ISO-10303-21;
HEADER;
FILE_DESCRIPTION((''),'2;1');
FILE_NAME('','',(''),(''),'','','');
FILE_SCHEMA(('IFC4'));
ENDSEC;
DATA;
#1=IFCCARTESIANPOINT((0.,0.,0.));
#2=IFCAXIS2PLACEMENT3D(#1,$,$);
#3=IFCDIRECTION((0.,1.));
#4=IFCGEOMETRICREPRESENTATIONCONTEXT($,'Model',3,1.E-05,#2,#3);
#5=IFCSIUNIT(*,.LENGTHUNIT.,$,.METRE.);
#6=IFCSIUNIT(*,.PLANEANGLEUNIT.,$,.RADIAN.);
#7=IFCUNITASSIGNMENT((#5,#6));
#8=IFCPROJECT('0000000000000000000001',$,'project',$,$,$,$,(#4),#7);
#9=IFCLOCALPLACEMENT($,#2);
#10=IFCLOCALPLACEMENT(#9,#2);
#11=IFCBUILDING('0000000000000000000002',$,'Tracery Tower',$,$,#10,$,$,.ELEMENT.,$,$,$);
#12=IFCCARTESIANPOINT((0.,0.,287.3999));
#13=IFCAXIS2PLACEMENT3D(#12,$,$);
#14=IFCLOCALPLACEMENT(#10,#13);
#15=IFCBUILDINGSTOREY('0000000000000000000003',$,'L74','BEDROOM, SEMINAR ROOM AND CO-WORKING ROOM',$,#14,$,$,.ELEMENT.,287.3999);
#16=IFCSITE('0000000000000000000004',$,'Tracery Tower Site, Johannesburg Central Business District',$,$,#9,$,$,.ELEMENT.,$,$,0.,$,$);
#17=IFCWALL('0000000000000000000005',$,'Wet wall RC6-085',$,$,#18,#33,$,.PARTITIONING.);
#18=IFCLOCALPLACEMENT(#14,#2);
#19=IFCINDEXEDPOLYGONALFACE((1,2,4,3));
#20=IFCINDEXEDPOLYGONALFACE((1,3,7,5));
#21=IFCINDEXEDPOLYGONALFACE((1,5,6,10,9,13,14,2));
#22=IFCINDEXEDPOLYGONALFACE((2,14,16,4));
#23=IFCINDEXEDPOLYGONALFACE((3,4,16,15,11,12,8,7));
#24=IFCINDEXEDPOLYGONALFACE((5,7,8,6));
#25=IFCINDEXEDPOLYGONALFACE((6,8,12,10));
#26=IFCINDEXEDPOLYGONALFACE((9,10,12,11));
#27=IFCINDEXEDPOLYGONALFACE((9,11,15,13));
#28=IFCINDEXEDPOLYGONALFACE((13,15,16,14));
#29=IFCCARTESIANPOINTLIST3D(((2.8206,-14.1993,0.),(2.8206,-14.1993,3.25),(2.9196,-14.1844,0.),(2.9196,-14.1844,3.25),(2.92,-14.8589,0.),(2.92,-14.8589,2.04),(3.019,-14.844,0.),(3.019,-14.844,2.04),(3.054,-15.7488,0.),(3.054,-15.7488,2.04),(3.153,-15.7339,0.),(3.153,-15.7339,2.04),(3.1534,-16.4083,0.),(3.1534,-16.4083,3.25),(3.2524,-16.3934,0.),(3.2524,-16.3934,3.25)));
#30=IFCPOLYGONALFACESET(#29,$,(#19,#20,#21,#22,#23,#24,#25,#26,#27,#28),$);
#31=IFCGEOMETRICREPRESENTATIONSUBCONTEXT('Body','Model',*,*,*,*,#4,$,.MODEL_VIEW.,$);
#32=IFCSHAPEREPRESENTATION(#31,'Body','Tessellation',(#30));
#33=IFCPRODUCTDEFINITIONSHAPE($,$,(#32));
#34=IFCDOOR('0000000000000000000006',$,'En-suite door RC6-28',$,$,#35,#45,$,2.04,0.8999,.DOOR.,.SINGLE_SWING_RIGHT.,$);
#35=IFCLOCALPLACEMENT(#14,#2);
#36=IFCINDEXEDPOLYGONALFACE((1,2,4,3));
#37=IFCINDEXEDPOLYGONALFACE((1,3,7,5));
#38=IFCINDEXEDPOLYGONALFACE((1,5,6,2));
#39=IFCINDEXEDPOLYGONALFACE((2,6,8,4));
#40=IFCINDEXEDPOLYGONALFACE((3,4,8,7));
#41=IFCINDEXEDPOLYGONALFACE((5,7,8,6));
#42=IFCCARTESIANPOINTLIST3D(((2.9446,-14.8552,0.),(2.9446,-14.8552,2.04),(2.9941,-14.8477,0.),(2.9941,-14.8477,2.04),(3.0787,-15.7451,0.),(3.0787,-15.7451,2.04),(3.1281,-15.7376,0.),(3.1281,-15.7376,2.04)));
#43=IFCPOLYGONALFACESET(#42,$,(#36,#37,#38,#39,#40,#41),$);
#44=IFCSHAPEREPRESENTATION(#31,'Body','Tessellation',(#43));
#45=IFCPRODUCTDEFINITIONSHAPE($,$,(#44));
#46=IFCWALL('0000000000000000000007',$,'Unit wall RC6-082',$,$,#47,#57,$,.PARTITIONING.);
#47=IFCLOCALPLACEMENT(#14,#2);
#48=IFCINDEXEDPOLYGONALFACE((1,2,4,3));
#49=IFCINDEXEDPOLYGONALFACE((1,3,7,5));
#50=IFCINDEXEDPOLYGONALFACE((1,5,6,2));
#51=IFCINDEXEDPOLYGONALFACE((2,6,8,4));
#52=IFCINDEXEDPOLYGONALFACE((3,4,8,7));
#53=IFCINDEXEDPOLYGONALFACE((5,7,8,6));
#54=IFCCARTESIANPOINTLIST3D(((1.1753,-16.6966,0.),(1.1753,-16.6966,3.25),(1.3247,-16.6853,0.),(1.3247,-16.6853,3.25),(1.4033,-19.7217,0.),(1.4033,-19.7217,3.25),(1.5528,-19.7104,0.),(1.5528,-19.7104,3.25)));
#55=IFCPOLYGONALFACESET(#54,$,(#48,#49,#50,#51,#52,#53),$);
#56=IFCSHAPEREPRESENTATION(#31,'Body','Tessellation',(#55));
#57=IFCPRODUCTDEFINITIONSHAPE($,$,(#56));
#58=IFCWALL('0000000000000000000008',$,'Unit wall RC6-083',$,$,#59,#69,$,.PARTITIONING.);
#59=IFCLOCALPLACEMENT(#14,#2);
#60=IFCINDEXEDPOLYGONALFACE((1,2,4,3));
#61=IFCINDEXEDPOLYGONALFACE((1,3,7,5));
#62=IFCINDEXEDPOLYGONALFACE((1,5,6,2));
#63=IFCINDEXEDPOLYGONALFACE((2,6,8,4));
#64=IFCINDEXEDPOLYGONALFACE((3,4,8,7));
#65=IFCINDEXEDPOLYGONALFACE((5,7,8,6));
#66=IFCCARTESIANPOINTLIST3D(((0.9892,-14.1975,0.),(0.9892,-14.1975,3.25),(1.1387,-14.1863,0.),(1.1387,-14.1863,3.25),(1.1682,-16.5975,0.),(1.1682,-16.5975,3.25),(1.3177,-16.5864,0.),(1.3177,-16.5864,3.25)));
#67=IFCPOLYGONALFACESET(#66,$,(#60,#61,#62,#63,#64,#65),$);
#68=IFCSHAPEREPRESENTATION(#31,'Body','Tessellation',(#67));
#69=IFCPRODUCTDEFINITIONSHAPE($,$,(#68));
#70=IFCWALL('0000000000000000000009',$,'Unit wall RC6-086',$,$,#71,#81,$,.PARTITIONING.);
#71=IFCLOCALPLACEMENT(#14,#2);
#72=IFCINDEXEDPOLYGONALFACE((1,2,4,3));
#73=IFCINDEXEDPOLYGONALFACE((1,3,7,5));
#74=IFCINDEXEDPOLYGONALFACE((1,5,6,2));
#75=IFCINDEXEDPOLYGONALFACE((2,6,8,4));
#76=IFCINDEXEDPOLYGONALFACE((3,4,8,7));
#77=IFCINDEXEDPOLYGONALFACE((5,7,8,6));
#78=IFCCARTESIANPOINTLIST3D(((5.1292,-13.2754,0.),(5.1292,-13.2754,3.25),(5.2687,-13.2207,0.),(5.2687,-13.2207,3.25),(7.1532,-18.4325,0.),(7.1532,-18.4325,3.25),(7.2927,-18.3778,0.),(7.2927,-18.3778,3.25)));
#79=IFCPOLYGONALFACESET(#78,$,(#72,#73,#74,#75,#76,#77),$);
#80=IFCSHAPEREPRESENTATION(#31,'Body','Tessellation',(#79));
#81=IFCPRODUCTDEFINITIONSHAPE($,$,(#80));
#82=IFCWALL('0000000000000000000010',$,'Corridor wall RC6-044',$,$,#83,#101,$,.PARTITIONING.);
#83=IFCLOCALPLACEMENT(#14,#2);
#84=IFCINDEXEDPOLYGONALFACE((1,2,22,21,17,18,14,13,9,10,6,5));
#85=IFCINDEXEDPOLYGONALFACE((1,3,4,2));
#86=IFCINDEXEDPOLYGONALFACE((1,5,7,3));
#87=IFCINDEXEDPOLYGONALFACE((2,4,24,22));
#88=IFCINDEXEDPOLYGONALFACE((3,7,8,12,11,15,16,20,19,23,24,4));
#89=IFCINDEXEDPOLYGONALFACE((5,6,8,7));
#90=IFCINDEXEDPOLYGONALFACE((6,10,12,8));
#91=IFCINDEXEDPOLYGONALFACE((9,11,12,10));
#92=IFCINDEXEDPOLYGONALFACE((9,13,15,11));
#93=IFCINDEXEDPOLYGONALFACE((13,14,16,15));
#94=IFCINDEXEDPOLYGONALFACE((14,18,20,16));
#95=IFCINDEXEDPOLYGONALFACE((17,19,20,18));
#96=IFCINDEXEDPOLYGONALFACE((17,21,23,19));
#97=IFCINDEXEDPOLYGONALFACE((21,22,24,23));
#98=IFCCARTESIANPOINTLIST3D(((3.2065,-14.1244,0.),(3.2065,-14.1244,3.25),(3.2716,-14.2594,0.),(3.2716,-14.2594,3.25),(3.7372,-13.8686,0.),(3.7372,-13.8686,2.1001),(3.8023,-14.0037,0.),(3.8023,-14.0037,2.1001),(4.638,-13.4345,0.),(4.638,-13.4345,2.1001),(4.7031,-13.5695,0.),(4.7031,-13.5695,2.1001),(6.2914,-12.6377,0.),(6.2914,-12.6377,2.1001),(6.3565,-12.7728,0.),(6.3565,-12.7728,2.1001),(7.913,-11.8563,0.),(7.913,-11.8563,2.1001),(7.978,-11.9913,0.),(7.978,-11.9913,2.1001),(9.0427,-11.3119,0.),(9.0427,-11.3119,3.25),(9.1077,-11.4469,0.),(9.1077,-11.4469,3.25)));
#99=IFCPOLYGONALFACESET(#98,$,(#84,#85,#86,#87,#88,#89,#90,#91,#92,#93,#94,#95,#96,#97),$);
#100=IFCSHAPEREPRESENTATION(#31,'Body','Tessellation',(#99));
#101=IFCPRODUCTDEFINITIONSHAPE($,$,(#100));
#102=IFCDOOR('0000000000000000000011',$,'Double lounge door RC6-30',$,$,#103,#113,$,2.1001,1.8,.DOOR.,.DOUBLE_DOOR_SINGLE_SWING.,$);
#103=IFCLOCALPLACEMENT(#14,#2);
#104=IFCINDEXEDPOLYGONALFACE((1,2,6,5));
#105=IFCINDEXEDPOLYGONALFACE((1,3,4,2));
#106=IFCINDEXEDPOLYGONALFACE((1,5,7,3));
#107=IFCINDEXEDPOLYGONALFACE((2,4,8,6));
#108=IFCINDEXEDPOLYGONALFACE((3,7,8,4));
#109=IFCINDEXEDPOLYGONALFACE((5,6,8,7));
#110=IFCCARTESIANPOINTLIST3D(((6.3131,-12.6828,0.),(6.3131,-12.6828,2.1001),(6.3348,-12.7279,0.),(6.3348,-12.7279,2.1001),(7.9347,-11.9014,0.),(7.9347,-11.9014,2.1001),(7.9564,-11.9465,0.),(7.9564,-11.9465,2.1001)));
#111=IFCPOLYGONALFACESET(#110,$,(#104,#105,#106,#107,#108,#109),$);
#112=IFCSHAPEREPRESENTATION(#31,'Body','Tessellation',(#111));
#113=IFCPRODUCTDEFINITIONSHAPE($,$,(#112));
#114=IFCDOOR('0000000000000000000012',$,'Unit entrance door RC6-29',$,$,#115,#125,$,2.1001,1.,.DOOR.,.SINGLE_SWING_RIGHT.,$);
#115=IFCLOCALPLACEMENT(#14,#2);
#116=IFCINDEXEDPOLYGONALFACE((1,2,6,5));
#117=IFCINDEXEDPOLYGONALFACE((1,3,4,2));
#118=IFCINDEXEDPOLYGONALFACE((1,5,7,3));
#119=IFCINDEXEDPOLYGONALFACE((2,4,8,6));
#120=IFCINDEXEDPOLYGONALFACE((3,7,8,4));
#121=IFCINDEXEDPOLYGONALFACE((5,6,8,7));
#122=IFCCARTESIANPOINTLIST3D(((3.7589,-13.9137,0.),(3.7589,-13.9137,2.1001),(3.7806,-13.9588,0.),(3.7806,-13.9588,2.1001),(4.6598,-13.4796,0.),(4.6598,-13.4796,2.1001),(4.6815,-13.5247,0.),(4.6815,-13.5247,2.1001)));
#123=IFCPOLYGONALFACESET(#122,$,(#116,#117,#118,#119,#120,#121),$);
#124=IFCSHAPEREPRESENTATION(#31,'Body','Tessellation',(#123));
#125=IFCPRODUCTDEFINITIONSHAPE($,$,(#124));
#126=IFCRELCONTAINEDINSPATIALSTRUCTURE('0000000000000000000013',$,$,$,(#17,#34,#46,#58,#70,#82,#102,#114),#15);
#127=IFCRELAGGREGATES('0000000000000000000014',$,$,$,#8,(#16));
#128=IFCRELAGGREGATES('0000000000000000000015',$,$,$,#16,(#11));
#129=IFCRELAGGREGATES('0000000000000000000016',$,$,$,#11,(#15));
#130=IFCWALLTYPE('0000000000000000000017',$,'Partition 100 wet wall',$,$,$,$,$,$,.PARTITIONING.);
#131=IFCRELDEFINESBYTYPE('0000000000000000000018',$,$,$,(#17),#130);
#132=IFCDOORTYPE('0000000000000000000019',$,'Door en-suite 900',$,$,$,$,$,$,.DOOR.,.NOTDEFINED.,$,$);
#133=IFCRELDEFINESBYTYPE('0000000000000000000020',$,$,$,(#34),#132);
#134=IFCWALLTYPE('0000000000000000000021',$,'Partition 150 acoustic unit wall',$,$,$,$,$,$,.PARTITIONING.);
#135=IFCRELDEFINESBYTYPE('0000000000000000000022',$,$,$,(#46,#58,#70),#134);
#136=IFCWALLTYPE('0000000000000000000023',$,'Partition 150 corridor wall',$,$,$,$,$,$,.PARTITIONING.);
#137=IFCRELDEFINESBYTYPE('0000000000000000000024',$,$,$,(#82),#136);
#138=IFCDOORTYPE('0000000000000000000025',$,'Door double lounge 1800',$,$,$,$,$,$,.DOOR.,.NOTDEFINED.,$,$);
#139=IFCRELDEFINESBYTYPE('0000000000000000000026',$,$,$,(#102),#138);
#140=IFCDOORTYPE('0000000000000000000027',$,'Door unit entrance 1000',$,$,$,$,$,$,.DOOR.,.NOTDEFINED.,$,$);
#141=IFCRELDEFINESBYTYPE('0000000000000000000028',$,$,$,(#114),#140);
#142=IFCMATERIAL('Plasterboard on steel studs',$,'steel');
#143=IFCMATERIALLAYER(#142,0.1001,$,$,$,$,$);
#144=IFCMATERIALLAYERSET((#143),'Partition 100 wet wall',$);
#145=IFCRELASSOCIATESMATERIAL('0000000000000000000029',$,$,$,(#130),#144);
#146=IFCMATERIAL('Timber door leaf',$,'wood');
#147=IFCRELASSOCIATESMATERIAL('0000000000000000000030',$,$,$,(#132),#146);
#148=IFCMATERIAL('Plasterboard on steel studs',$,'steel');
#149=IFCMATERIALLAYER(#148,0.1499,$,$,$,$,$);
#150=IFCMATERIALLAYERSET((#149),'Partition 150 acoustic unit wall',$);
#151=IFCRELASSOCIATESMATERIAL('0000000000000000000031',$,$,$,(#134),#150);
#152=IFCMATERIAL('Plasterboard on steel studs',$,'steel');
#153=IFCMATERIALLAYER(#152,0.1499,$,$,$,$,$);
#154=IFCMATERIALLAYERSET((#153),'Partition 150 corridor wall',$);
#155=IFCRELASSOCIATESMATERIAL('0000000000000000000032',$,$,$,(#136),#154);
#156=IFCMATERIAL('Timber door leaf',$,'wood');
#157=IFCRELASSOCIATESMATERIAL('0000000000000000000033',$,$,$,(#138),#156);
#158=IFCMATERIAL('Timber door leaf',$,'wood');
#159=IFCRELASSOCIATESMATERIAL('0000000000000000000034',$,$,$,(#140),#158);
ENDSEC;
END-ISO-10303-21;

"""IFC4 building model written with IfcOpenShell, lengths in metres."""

from ifc_helpers import new_model, si_unit, direction, frame, frame_2d, origin, place, context, subcontext, project, spatial, rectangle, extrude, material, layer, layer_set, type_object, element, fill, save


model = new_model("IFC4")

# Units and contexts
model_context = context("Model", 3, precision=1e-05, world=origin(), true_north=direction((0.0, 1.0)))
body_context = subcontext(model_context, "Body", "Model", "MODEL_VIEW")
ifc_project = project(units=[si_unit("LENGTHUNIT", "METRE"), si_unit("PLANEANGLEUNIT", "RADIAN")], contexts=[model_context])

# Site, building, storey
site_placement = place(None, origin())
site = spatial("IfcSite", under=ifc_project, at=site_placement, Name="Tracery Tower Site, Johannesburg Central Business District", CompositionType="ELEMENT", RefElevation=0.0)
building_placement = place(site_placement, origin())
building = spatial("IfcBuilding", under=site, at=building_placement, Name="Tracery Tower", CompositionType="ELEMENT")
storey_placement = place(building_placement, frame((0.0, 0.0, 287.3999)))
storey = spatial("IfcBuildingStorey", under=building, at=storey_placement, Name="L74", Description="BEDROOM, SEMINAR ROOM AND CO-WORKING ROOM", CompositionType="ELEMENT", Elevation=287.3999)

# Shared definitions
ifc_material_1 = material(Name="Plasterboard on steel studs", Category="steel")
ifc_layer_1 = layer(ifc_material_1, 0.1001)
ifc_layer_set_1 = layer_set([ifc_layer_1], Name="Partition 100 wet wall")
wall_type_1 = type_object("IfcWallType", Name="Partition 100 wet wall", PredefinedType="PARTITIONING", material=ifc_layer_set_1)
ifc_material_2 = material(Name="Timber door leaf", Category="wood")
door_type_1 = type_object("IfcDoorType", Name="Door en-suite 900", OperationType="NOTDEFINED", PredefinedType="DOOR", material=ifc_material_2)

# Wall, opening, door
wall_1_placement = place(storey_placement, frame((2.8701, -14.1919, 0.0), z_axis=(0.0, 0.0, 1.0), x_axis=(0.14896, -0.988843, 0.0)))
wall_1 = element("IfcWall", 1, at=wall_1_placement, inside=storey, type_object=wall_type_1, Name="Wet wall RC6-085", PredefinedType="PARTITIONING", context=body_context, shape_type="SweptSolid", body=[
    extrude(rectangle(XDim=2.2339, YDim=0.1001, at=frame_2d((1.1169, 0.0))), origin(), (0.0, 0.0, 1.0), 3.25),
])
opening_1_placement = place(wall_1_placement, frame((0.667, 0.0, 0.0)))
opening_1 = element("IfcOpeningElement", 2, at=opening_1_placement, cuts=wall_1, PredefinedType="OPENING", context=body_context, shape_type="SweptSolid", body=[
    extrude(rectangle(XDim=0.8999, YDim=2.04, at=frame_2d((0.45, 1.02))), frame((0.0, 0.05, 0.0), z_axis=(0.0, -1.0, 0.0), x_axis=(1.0, 0.0, 0.0)), (0.0, 0.0, 1.0), 0.1001),
])
door_1_placement = place(opening_1_placement, origin())
door_1 = element("IfcDoor", 3, at=door_1_placement, inside=storey, type_object=door_type_1, Name="En-suite door RC6-28", OperationType="SINGLE_SWING_RIGHT", OverallHeight=2.04, OverallWidth=0.8999, PredefinedType="DOOR", context=body_context, shape_type="SweptSolid", body=[
    extrude(rectangle(XDim=0.8999, YDim=2.04, at=frame_2d((0.45, 1.02))), frame((0.0, 0.0249, 0.0), z_axis=(0.0, -1.0, 0.0), x_axis=(1.0, 0.0, 0.0)), (0.0, 0.0, 1.0), 0.05),
])
fill(opening_1, door_1)

# Walls
ifc_material_3 = material(Name="Plasterboard on steel studs", Category="steel")
ifc_layer_2 = layer(ifc_material_3, 0.1499)
ifc_layer_set_2 = layer_set([ifc_layer_2], Name="Partition 150 acoustic unit wall")
wall_type_2 = type_object("IfcWallType", Name="Partition 150 acoustic unit wall", PredefinedType="PARTITIONING", material=ifc_layer_set_2)
wall_2_placement = place(storey_placement, frame((1.25, -16.6909, 0.0), z_axis=(0.0, 0.0, 1.0), x_axis=(0.075164, -0.997171, 0.0)))
element("IfcWall", 4, at=wall_2_placement, inside=storey, type_object=wall_type_2, Name="Unit wall RC6-082", PredefinedType="PARTITIONING", context=body_context, shape_type="SweptSolid", body=[
    extrude(rectangle(XDim=3.0337, YDim=0.1499, at=frame_2d((1.5168, 0.0))), origin(), (0.0, 0.0, 1.0), 3.25),
])
wall_3_placement = place(storey_placement, frame((1.064, -14.1919, 0.0), z_axis=(0.0, 0.0, 1.0), x_axis=(0.074354, -0.997232, 0.0)))
element("IfcWall", 5, at=wall_3_placement, inside=storey, type_object=wall_type_2, Name="Unit wall RC6-083", PredefinedType="PARTITIONING", context=body_context, shape_type="SweptSolid", body=[
    extrude(rectangle(XDim=2.4067, YDim=0.1499, at=frame_2d((1.2034, 0.0))), origin(), (0.0, 0.0, 1.0), 3.25),
])
wall_4_placement = place(storey_placement, frame((5.199, -13.248, 0.0), z_axis=(0.0, 0.0, 1.0), x_axis=(0.365335, -0.930876, 0.0)))
element("IfcWall", 6, at=wall_4_placement, inside=storey, type_object=wall_type_2, Name="Unit wall RC6-086", PredefinedType="PARTITIONING", context=body_context, shape_type="SweptSolid", body=[
    extrude(rectangle(XDim=5.54, YDim=0.1499, at=frame_2d((2.77, 0.0))), origin(), (0.0, 0.0, 1.0), 3.25),
])

# Wall, openings, doors
ifc_material_4 = material(Name="Plasterboard on steel studs", Category="steel")
ifc_layer_3 = layer(ifc_material_4, 0.1499)
ifc_layer_set_3 = layer_set([ifc_layer_3], Name="Partition 150 corridor wall")
wall_type_3 = type_object("IfcWallType", Name="Partition 150 corridor wall", PredefinedType="PARTITIONING", material=ifc_layer_set_3)
wall_5_placement = place(storey_placement, frame((3.239, -14.1919, 0.0), z_axis=(0.0, 0.0, 1.0), x_axis=(0.900852, 0.434127, 0.0)))
wall_5 = element("IfcWall", 7, at=wall_5_placement, inside=storey, type_object=wall_type_3, Name="Corridor wall RC6-044", PredefinedType="PARTITIONING", context=body_context, shape_type="SweptSolid", body=[
    extrude(rectangle(XDim=6.4785, YDim=0.1499, at=frame_2d((3.2393, 0.0))), origin(), (0.0, 0.0, 1.0), 3.25),
])
opening_2_placement = place(wall_5_placement, frame((0.5891, 0.0, 0.0)))
opening_2 = element("IfcOpeningElement", 8, at=opening_2_placement, cuts=wall_5, PredefinedType="OPENING", context=body_context, shape_type="SweptSolid", body=[
    extrude(rectangle(XDim=1.0, YDim=2.1001, at=frame_2d((0.5, 1.05))), frame((0.0, 0.075, 0.0), z_axis=(0.0, -1.0, 0.0), x_axis=(1.0, 0.0, 0.0)), (0.0, 0.0, 1.0), 0.1499),
])
opening_3_placement = place(wall_5_placement, frame((3.4246, 0.0, 0.0)))
opening_3 = element("IfcOpeningElement", 9, at=opening_3_placement, cuts=wall_5, PredefinedType="OPENING", context=body_context, shape_type="SweptSolid", body=[
    extrude(rectangle(XDim=1.8, YDim=2.1001, at=frame_2d((0.8999, 1.05))), frame((0.0, 0.075, 0.0), z_axis=(0.0, -1.0, 0.0), x_axis=(1.0, 0.0, 0.0)), (0.0, 0.0, 1.0), 0.1499),
])
ifc_material_5 = material(Name="Timber door leaf", Category="wood")
door_type_2 = type_object("IfcDoorType", Name="Door double lounge 1800", OperationType="NOTDEFINED", PredefinedType="DOOR", material=ifc_material_5)
door_2_placement = place(opening_3_placement, origin())
door_2 = element("IfcDoor", 10, at=door_2_placement, inside=storey, type_object=door_type_2, Name="Double lounge door RC6-30", OperationType="DOUBLE_DOOR_SINGLE_SWING", OverallHeight=2.1001, OverallWidth=1.8, PredefinedType="DOOR", context=body_context, shape_type="SweptSolid", body=[
    extrude(rectangle(XDim=1.8, YDim=2.1001, at=frame_2d((0.8999, 1.05))), frame((0.0, 0.0249, 0.0), z_axis=(0.0, -1.0, 0.0), x_axis=(1.0, 0.0, 0.0)), (0.0, 0.0, 1.0), 0.05),
])
fill(opening_3, door_2)
ifc_material_6 = material(Name="Timber door leaf", Category="wood")
door_type_3 = type_object("IfcDoorType", Name="Door unit entrance 1000", OperationType="NOTDEFINED", PredefinedType="DOOR", material=ifc_material_6)
door_3_placement = place(opening_2_placement, origin())
door_3 = element("IfcDoor", 11, at=door_3_placement, inside=storey, type_object=door_type_3, Name="Unit entrance door RC6-29", OperationType="SINGLE_SWING_RIGHT", OverallHeight=2.1001, OverallWidth=1.0, PredefinedType="DOOR", context=body_context, shape_type="SweptSolid", body=[
    extrude(rectangle(XDim=1.0, YDim=2.1001, at=frame_2d((0.5, 1.05))), frame((0.0, 0.0249, 0.0), z_axis=(0.0, -1.0, 0.0), x_axis=(1.0, 0.0, 0.0)), (0.0, 0.0, 1.0), 0.05),
])
fill(opening_2, door_3)

save(model, "model.ifc")
